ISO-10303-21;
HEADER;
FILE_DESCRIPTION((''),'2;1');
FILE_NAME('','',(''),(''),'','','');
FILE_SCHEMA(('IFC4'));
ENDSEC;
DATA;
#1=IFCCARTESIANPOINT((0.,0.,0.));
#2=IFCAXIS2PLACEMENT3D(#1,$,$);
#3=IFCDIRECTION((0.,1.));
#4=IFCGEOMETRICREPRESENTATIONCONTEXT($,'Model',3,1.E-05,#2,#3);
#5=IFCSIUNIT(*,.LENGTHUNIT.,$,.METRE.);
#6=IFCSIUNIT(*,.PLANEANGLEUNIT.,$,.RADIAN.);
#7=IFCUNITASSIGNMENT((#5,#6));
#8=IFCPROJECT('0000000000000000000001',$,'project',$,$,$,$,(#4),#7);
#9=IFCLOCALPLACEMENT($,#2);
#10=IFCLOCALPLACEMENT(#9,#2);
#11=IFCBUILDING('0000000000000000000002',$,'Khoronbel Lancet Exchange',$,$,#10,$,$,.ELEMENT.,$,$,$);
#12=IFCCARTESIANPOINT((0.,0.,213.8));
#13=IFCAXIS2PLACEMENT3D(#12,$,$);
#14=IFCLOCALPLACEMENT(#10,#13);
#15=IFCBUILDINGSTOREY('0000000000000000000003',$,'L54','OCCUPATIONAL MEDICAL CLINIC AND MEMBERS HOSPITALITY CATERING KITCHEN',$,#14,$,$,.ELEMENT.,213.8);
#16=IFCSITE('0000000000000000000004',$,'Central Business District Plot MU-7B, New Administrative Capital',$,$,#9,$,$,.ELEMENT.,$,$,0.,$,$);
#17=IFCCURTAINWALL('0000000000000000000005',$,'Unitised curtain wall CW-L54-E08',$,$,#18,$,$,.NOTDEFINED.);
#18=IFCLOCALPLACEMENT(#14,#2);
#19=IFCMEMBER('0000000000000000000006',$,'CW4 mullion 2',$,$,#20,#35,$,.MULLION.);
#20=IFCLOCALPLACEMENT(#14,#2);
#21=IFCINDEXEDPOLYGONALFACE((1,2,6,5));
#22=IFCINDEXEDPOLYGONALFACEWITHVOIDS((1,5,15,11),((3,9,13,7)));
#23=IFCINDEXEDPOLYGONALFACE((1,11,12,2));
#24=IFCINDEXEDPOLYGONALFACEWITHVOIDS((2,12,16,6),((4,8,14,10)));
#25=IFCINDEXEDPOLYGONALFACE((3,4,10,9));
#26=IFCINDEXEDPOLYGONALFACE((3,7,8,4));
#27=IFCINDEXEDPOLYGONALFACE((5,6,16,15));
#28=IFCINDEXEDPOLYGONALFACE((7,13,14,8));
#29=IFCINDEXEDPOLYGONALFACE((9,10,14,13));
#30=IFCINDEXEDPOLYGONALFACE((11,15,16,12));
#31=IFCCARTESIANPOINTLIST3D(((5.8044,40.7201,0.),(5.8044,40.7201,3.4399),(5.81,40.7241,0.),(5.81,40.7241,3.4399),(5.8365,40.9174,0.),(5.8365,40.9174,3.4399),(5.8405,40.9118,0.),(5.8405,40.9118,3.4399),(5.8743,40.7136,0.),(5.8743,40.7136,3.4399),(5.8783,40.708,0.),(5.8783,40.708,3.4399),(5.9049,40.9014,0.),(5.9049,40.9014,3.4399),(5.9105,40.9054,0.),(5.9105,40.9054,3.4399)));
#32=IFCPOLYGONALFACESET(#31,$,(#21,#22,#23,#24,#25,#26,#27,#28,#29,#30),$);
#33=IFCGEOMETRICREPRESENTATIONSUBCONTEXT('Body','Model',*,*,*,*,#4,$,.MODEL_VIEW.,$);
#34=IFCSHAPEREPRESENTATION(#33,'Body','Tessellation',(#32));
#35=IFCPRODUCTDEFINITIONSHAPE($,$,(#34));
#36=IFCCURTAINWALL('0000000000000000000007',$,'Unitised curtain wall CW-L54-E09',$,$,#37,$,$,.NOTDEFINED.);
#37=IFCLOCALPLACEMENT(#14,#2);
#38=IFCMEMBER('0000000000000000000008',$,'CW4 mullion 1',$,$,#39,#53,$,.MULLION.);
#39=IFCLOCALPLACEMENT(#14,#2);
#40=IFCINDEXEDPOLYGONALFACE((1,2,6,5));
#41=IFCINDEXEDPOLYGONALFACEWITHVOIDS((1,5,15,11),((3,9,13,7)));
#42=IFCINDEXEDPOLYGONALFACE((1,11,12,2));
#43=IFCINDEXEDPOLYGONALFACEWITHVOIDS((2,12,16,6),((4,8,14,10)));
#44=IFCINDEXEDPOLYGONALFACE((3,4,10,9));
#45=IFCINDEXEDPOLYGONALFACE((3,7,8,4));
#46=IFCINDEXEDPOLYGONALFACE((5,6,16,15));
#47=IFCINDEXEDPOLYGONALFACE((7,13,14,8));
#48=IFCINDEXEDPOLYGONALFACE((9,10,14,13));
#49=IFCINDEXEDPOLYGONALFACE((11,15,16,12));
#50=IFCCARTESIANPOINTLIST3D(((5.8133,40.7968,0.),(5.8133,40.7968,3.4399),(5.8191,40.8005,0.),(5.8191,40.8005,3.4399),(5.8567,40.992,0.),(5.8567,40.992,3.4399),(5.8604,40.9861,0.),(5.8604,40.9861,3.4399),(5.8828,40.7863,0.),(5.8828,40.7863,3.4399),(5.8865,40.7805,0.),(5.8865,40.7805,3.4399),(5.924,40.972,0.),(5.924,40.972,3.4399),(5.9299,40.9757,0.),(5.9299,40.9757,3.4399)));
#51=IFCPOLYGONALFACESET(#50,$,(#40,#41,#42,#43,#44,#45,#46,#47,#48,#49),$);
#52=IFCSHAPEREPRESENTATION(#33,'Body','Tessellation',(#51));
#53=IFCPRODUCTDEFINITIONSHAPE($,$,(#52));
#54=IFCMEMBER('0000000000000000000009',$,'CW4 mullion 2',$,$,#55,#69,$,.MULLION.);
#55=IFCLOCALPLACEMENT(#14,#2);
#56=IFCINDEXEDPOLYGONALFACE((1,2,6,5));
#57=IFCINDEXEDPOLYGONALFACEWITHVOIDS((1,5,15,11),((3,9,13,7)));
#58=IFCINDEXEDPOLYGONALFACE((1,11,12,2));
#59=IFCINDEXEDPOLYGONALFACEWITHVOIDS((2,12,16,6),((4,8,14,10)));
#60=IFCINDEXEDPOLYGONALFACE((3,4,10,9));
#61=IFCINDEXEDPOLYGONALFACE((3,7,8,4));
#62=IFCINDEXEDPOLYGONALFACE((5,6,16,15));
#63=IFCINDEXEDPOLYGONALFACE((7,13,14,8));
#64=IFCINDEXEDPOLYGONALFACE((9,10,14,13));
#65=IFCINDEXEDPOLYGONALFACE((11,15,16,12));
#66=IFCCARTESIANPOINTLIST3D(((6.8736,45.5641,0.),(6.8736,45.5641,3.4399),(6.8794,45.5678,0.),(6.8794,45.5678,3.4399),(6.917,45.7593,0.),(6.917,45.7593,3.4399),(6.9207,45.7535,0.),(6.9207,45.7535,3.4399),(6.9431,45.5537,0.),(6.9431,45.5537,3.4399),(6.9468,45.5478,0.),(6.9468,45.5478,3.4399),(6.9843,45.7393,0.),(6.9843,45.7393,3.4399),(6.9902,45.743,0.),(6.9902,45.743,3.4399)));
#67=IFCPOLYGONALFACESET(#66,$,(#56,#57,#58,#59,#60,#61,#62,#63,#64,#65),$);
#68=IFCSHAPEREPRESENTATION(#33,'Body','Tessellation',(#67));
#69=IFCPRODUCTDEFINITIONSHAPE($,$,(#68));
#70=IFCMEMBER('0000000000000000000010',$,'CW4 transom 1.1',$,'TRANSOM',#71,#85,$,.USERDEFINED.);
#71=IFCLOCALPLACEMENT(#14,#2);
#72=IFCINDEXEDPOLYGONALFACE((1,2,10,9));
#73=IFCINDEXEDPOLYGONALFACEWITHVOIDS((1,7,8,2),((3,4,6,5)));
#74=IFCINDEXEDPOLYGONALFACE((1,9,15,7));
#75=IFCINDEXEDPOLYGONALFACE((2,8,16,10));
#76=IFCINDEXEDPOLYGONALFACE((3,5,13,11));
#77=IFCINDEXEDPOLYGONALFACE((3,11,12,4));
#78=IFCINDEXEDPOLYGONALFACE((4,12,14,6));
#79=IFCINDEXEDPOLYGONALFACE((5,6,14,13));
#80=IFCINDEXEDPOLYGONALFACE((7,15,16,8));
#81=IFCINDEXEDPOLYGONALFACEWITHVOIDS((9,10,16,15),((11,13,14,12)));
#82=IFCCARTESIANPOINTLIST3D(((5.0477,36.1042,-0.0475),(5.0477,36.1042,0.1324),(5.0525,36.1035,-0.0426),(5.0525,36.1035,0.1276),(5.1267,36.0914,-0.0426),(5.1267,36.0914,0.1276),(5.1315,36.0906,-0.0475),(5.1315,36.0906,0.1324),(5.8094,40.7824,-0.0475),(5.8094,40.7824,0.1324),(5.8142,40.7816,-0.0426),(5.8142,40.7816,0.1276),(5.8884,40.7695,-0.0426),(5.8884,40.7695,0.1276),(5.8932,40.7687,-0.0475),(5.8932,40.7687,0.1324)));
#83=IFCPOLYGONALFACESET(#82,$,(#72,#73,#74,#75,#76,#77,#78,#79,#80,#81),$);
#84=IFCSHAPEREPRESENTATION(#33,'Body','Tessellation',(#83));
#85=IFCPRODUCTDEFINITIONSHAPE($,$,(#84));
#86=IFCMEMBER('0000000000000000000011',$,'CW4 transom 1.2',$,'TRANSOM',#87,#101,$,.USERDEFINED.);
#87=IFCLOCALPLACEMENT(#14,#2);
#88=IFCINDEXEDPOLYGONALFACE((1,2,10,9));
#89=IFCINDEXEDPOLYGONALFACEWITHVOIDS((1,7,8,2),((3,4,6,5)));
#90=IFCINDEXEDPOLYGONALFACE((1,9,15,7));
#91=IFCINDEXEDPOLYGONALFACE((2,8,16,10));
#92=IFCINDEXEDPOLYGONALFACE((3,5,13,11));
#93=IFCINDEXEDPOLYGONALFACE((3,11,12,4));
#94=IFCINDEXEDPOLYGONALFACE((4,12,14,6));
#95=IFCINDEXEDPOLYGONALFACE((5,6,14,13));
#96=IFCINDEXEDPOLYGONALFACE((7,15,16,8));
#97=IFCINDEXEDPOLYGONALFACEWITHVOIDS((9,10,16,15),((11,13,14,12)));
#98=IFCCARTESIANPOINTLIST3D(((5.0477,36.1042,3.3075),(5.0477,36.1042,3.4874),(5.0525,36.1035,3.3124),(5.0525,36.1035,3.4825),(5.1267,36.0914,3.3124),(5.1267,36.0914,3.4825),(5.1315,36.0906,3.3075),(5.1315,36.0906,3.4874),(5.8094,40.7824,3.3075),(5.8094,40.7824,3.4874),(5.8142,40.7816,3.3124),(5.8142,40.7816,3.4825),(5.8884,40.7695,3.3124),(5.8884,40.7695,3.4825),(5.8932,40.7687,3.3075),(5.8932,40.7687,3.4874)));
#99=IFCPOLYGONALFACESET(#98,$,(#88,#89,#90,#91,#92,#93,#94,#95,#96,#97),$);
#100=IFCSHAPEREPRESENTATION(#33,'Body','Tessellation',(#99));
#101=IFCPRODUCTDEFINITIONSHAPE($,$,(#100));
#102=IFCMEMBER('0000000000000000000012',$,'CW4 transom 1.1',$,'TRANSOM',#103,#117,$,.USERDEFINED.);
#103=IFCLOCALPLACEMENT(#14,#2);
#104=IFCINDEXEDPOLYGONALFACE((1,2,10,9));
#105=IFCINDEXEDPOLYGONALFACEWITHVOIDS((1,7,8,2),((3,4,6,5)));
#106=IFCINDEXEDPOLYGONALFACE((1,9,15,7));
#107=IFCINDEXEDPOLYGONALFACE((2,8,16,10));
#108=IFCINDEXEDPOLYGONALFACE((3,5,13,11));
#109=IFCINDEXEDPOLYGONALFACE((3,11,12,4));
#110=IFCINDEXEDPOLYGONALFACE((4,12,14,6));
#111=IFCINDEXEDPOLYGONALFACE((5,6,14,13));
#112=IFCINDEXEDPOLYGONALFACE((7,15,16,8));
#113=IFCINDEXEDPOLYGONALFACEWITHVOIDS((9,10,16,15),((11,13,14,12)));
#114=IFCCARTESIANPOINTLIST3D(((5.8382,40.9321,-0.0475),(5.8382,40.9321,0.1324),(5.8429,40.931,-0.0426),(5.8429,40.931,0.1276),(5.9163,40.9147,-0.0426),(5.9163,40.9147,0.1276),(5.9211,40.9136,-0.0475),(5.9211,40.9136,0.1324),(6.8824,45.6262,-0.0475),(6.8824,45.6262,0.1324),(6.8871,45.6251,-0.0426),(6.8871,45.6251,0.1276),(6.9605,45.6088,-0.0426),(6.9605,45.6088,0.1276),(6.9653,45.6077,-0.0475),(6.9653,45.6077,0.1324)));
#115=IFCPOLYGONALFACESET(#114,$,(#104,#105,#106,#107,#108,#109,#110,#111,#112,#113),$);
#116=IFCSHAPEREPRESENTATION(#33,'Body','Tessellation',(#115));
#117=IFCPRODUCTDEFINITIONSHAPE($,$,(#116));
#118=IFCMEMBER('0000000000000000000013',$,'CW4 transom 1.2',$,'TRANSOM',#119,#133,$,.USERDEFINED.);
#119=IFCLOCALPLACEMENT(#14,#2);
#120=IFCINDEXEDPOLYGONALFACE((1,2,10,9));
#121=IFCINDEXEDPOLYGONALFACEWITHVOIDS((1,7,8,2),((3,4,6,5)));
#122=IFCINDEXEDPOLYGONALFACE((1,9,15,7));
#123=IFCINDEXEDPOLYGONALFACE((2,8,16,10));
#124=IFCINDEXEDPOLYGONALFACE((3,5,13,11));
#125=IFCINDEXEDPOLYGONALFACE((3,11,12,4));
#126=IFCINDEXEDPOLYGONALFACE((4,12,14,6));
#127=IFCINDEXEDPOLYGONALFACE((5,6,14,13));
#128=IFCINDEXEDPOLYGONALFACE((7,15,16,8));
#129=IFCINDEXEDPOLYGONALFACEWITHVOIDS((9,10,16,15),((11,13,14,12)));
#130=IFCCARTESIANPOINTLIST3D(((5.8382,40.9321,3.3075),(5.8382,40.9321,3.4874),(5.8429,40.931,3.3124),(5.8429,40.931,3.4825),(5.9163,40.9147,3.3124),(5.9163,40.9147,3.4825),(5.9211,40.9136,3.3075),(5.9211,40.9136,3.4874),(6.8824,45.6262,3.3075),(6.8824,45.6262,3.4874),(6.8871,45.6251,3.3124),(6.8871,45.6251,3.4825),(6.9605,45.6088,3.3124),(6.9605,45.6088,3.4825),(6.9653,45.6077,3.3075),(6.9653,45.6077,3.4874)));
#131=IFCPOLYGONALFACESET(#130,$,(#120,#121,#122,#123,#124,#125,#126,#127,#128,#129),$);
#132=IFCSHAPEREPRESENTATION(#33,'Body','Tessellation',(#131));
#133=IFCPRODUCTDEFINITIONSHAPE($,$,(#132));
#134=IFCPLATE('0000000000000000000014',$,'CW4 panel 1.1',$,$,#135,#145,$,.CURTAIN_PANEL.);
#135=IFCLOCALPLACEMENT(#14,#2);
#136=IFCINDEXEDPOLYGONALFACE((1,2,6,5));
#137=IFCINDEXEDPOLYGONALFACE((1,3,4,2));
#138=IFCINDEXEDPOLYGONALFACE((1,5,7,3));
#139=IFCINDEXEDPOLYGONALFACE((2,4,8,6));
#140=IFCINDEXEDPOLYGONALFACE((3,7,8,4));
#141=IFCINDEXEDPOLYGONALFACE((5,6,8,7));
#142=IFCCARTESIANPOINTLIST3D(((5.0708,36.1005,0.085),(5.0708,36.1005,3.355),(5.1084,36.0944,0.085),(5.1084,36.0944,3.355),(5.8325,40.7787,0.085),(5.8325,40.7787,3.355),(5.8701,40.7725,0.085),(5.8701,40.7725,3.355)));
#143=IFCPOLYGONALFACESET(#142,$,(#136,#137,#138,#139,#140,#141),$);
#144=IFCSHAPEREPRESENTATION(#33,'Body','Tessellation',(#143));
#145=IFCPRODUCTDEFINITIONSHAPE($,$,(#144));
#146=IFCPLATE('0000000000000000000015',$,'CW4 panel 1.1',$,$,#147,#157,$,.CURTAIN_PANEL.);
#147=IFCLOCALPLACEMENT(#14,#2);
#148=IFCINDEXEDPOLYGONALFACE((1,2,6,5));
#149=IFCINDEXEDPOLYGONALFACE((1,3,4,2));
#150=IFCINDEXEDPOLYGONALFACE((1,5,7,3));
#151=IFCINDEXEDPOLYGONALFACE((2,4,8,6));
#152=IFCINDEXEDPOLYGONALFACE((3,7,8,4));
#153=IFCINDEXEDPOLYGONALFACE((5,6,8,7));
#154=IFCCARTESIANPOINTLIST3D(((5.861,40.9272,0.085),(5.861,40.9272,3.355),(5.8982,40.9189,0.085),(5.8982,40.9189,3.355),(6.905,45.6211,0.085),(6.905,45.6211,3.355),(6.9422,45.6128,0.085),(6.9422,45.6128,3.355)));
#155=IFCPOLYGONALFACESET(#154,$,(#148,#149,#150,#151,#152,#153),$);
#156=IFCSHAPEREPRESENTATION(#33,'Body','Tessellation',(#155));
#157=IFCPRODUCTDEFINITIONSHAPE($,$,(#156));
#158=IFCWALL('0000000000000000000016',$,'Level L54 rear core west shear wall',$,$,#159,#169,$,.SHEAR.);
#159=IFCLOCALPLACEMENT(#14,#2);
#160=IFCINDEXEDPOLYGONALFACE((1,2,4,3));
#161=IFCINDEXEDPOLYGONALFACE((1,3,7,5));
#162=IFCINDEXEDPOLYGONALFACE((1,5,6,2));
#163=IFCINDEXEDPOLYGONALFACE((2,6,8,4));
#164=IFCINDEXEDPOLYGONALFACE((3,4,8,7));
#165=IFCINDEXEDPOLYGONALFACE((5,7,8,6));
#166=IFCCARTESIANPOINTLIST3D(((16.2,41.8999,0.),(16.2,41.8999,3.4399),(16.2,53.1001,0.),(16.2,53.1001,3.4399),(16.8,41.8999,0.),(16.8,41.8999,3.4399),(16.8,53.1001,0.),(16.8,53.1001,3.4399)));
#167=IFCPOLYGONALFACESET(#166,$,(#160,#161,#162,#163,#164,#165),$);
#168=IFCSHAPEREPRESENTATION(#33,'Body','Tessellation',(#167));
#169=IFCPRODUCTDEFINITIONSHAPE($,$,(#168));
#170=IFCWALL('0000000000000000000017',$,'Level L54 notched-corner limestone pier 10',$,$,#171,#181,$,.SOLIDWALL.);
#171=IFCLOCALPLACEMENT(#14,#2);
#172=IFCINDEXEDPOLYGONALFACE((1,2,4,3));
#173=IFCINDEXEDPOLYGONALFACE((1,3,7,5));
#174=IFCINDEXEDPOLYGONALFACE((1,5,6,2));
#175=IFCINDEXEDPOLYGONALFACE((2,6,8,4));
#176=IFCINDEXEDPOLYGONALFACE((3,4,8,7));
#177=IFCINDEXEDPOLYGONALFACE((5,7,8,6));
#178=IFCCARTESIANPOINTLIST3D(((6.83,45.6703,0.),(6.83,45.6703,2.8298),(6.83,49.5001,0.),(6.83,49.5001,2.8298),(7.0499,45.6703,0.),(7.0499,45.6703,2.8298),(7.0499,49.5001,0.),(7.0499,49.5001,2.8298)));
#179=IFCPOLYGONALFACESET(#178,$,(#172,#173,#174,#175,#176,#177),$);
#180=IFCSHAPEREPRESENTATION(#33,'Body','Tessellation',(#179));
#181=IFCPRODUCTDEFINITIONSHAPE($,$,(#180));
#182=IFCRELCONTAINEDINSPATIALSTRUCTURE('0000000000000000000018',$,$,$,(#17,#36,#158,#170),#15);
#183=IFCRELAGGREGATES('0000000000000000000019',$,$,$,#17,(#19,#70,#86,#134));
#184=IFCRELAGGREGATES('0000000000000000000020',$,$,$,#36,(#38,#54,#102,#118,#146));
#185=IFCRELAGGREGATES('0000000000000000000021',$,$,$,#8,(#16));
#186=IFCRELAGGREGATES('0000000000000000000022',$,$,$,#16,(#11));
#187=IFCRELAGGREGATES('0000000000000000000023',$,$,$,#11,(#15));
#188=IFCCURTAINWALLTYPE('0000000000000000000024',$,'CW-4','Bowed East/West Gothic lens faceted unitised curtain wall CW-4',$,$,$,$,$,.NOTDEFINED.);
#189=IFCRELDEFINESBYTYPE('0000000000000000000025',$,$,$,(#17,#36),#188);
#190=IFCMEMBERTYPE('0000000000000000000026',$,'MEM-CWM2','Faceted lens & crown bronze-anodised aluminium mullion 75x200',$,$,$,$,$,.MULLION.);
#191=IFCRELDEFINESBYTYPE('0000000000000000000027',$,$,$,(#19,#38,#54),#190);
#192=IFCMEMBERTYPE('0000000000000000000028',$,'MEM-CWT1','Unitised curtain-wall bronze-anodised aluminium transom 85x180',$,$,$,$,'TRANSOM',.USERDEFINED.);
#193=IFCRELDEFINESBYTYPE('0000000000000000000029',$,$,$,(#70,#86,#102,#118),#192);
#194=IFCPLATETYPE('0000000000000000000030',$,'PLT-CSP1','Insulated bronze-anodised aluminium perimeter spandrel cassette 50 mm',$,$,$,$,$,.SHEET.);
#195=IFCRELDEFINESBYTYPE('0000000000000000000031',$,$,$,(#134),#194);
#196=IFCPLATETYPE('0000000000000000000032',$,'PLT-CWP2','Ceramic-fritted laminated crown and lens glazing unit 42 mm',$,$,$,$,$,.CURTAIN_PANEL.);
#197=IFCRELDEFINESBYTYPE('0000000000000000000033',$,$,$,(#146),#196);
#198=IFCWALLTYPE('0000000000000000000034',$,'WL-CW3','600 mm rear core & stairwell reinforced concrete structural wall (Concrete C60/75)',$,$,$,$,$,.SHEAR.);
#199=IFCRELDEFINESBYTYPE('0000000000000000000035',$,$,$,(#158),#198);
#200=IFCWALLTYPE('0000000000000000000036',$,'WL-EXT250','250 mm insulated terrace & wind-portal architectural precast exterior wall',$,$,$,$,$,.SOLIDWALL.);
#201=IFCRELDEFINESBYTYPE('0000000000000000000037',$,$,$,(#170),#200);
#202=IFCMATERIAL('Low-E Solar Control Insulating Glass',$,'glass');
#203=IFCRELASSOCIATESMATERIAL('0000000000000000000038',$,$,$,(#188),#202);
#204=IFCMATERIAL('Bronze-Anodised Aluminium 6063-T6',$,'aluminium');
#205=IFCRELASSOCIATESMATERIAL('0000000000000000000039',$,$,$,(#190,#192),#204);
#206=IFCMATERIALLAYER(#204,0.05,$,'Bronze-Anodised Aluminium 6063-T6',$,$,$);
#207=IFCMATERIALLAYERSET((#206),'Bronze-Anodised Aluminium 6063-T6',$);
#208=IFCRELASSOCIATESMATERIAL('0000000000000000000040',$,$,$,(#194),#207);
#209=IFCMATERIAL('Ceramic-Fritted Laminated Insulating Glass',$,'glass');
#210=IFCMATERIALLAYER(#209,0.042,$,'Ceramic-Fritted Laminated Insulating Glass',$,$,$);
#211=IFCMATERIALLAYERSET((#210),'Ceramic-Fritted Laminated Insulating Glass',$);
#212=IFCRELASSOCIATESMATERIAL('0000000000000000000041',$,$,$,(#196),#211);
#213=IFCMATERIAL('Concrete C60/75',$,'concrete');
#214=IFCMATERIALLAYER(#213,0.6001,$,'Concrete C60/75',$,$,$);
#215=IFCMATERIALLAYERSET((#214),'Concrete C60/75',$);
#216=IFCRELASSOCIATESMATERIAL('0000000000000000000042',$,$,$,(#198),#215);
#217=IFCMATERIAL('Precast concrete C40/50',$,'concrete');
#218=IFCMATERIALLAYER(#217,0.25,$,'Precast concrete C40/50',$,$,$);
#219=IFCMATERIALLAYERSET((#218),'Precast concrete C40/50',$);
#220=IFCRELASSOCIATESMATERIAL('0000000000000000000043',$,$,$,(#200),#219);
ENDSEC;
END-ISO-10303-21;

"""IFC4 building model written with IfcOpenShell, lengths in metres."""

from ifc_helpers import new_model, si_unit, direction, frame, frame_2d, origin, origin_2d, place, context, subcontext, project, spatial, rectangle, hollow_rectangle, extrude, material, layer, layer_set, material_profile, profile_set, type_object, element, aggregate, save


model = new_model("IFC4")

# Units and contexts
model_context = context("Model", 3, precision=1e-05, world=origin(), true_north=direction((0.0, 1.0)))
body_context = subcontext(model_context, "Body", "Model", "MODEL_VIEW")
ifc_project = project(units=[si_unit("LENGTHUNIT", "METRE"), si_unit("PLANEANGLEUNIT", "RADIAN")], contexts=[model_context])

# Site, building, storey
site_placement = place(None, origin())
site = spatial("IfcSite", under=ifc_project, at=site_placement, Name="Central Business District Plot MU-7B, New Administrative Capital", CompositionType="ELEMENT", RefElevation=0.0)
building_placement = place(site_placement, origin())
building = spatial("IfcBuilding", under=site, at=building_placement, Name="Khoronbel Lancet Exchange", CompositionType="ELEMENT")
storey_placement = place(building_placement, frame((0.0, 0.0, 213.8)))
storey = spatial("IfcBuildingStorey", under=building, at=storey_placement, Name="L54", Description="OCCUPATIONAL MEDICAL CLINIC AND MEMBERS HOSPITALITY CATERING KITCHEN", CompositionType="ELEMENT", Elevation=213.8)

# Shared definitions
ifc_material_1 = material(Name="Low-E Solar Control Insulating Glass", Category="glass")
curtain_wall_type = type_object("IfcCurtainWallType", Name="CW-4", Description="Bowed East/West Gothic lens faceted unitised curtain wall CW-4", PredefinedType="NOTDEFINED", material=ifc_material_1)
ifc_material_2 = material(Name="Bronze-Anodised Aluminium 6063-T6", Category="aluminium")
ifc_material_profile_1 = material_profile(ifc_material_2, hollow_rectangle(XDim=0.075, YDim=0.2, WallThickness=0.0049, at=origin_2d()), Name="ALU MULLION 75x200")
ifc_profile_set_1 = profile_set([ifc_material_profile_1], Name="Bronze-Anodised Aluminium 6063-T6")
member_type_1 = type_object("IfcMemberType", Name="MEM-CWM2", Description="Faceted lens & crown bronze-anodised aluminium mullion 75x200", PredefinedType="MULLION", material=ifc_profile_set_1)

# Curtain walls, members
curtain_wall_1_placement = place(storey_placement, origin())
curtain_wall_1 = element("IfcCurtainWall", 1, at=curtain_wall_1_placement, inside=storey, type_object=curtain_wall_type, Name="Unitised curtain wall CW-L54-E08", PredefinedType="NOTDEFINED")
member_1_placement = place(storey_placement, frame((5.8574, 40.8127, 0.0), z_axis=(0.0, 0.0, 1.0), x_axis=(-0.987003, 0.1607, 0.0)))
member_1 = element("IfcMember", 2, at=member_1_placement, type_object=member_type_1, Name="CW4 mullion 2", PredefinedType="MULLION", context=body_context, shape_type="SweptSolid", body=[
    extrude(hollow_rectangle(XDim=0.075, YDim=0.2, WallThickness=0.0049, at=origin_2d()), origin(), (0.0, 0.0, 1.0), 3.4399),
])
curtain_wall_2_placement = place(storey_placement, origin())
curtain_wall_2 = element("IfcCurtainWall", 3, at=curtain_wall_2_placement, inside=storey, type_object=curtain_wall_type, Name="Unitised curtain wall CW-L54-E09", PredefinedType="NOTDEFINED")
member_2_placement = place(storey_placement, frame((5.8716, 40.8862, 0.0), z_axis=(0.0, 0.0, 1.0), x_axis=(-0.976146, 0.217114, 0.0)))
member_2 = element("IfcMember", 4, at=member_2_placement, type_object=member_type_1, Name="CW4 mullion 1", PredefinedType="MULLION", context=body_context, shape_type="SweptSolid", body=[
    extrude(hollow_rectangle(XDim=0.075, YDim=0.2, WallThickness=0.0049, at=origin_2d()), origin(), (0.0, 0.0, 1.0), 3.4399),
])
member_3_placement = place(storey_placement, frame((6.9319, 45.6536, 0.0), z_axis=(0.0, 0.0, 1.0), x_axis=(-0.976146, 0.217114, 0.0)))
member_3 = element("IfcMember", 5, at=member_3_placement, type_object=member_type_1, Name="CW4 mullion 2", PredefinedType="MULLION", context=body_context, shape_type="SweptSolid", body=[
    extrude(hollow_rectangle(XDim=0.075, YDim=0.2, WallThickness=0.0049, at=origin_2d()), origin(), (0.0, 0.0, 1.0), 3.4399),
])

# Members
ifc_material_profile_2 = material_profile(ifc_material_2, hollow_rectangle(XDim=0.085, YDim=0.1799, WallThickness=0.0049, at=origin_2d()), Name="ALU TRANSOM 85x180")
ifc_profile_set_2 = profile_set([ifc_material_profile_2], Name="Bronze-Anodised Aluminium 6063-T6")
member_type_2 = type_object("IfcMemberType", Name="MEM-CWT1", Description="Unitised curtain-wall bronze-anodised aluminium transom 85x180", ElementType="TRANSOM", PredefinedType="USERDEFINED", material=ifc_profile_set_2)
member_4_placement = place(storey_placement, frame((5.0896, 36.0974, 0.0425), z_axis=(0.160706, 0.987002, 0.0), x_axis=(-0.987002, 0.160706, 0.0)))
member_4 = element("IfcMember", 6, at=member_4_placement, type_object=member_type_2, Name="CW4 transom 1.1", ObjectType="TRANSOM", PredefinedType="USERDEFINED", context=body_context, shape_type="SweptSolid", body=[
    extrude(hollow_rectangle(XDim=0.085, YDim=0.1799, WallThickness=0.0049, at=origin_2d()), origin(), (0.0, 0.0, 1.0), 4.7397),
])
member_5_placement = place(storey_placement, frame((5.0896, 36.0974, 3.3975), z_axis=(0.160706, 0.987002, 0.0), x_axis=(-0.987002, 0.160706, 0.0)))
member_5 = element("IfcMember", 7, at=member_5_placement, type_object=member_type_2, Name="CW4 transom 1.2", ObjectType="TRANSOM", PredefinedType="USERDEFINED", context=body_context, shape_type="SweptSolid", body=[
    extrude(hollow_rectangle(XDim=0.085, YDim=0.1799, WallThickness=0.0049, at=origin_2d()), origin(), (0.0, 0.0, 1.0), 4.7397),
])
member_6_placement = place(storey_placement, frame((5.8796, 40.9229, 0.0425), z_axis=(0.21714, 0.97614, 0.0), x_axis=(-0.97614, 0.21714, 0.0)))
member_6 = element("IfcMember", 8, at=member_6_placement, type_object=member_type_2, Name="CW4 transom 1.1", ObjectType="TRANSOM", PredefinedType="USERDEFINED", context=body_context, shape_type="SweptSolid", body=[
    extrude(hollow_rectangle(XDim=0.085, YDim=0.1799, WallThickness=0.0049, at=origin_2d()), origin(), (0.0, 0.0, 1.0), 4.8088),
])
member_7_placement = place(storey_placement, frame((5.8796, 40.9229, 3.3975), z_axis=(0.21714, 0.97614, 0.0), x_axis=(-0.97614, 0.21714, 0.0)))
member_7 = element("IfcMember", 9, at=member_7_placement, type_object=member_type_2, Name="CW4 transom 1.2", ObjectType="TRANSOM", PredefinedType="USERDEFINED", context=body_context, shape_type="SweptSolid", body=[
    extrude(hollow_rectangle(XDim=0.085, YDim=0.1799, WallThickness=0.0049, at=origin_2d()), origin(), (0.0, 0.0, 1.0), 4.8088),
])

# Plates
ifc_layer_1 = layer(ifc_material_2, 0.05, Name="Bronze-Anodised Aluminium 6063-T6")
ifc_layer_set_1 = layer_set([ifc_layer_1], Name="Bronze-Anodised Aluminium 6063-T6")
plate_type_1 = type_object("IfcPlateType", Name="PLT-CSP1", Description="Insulated bronze-anodised aluminium perimeter spandrel cassette 50 mm", PredefinedType="SHEET", material=ifc_layer_set_1)
plate_1_placement = place(storey_placement, frame((5.4705, 38.4365, 0.085), z_axis=(0.0, 0.0, 1.0), x_axis=(0.1607, 0.987003, 0.0)))
plate_1 = element("IfcPlate", 10, at=plate_1_placement, type_object=plate_type_1, Name="CW4 panel 1.1", PredefinedType="CURTAIN_PANEL", context=body_context, shape_type="SweptSolid", body=[
    extrude(rectangle(XDim=4.7397, YDim=0.0381, at=origin_2d()), origin(), (0.0, 0.0, 1.0), 3.27),
])
aggregate(curtain_wall_1, [member_1, member_4, member_5, plate_1])
ifc_material_3 = material(Name="Ceramic-Fritted Laminated Insulating Glass", Category="glass")
ifc_layer_2 = layer(ifc_material_3, 0.042, Name="Ceramic-Fritted Laminated Insulating Glass")
ifc_layer_set_2 = layer_set([ifc_layer_2], Name="Ceramic-Fritted Laminated Insulating Glass")
plate_type_2 = type_object("IfcPlateType", Name="PLT-CWP2", Description="Ceramic-fritted laminated crown and lens glazing unit 42 mm", PredefinedType="CURTAIN_PANEL", material=ifc_layer_set_2)
plate_2_placement = place(storey_placement, frame((6.4016, 43.27, 0.085), z_axis=(0.0, 0.0, 1.0), x_axis=(0.217114, 0.976146, 0.0)))
plate_2 = element("IfcPlate", 11, at=plate_2_placement, type_object=plate_type_2, Name="CW4 panel 1.1", PredefinedType="CURTAIN_PANEL", context=body_context, shape_type="SweptSolid", body=[
    extrude(rectangle(XDim=4.8086, YDim=0.0381, at=origin_2d()), origin(), (0.0, 0.0, 1.0), 3.27),
])
aggregate(curtain_wall_2, [member_2, member_3, member_6, member_7, plate_2])

# Walls
ifc_material_4 = material(Name="Concrete C60/75", Category="concrete")
ifc_layer_3 = layer(ifc_material_4, 0.6001, Name="Concrete C60/75")
ifc_layer_set_3 = layer_set([ifc_layer_3], Name="Concrete C60/75")
wall_type_1 = type_object("IfcWallType", Name="WL-CW3", Description="600 mm rear core & stairwell reinforced concrete structural wall (Concrete C60/75)", PredefinedType="SHEAR", material=ifc_layer_set_3)
wall_1_placement = place(storey_placement, frame((16.5, 41.8999, 0.0), z_axis=(0.0, 0.0, 1.0), x_axis=(0.0, 1.0, 0.0)))
element("IfcWall", 12, at=wall_1_placement, inside=storey, type_object=wall_type_1, Name="Level L54 rear core west shear wall", PredefinedType="SHEAR", context=body_context, shape_type="SweptSolid", body=[
    extrude(rectangle(XDim=11.2002, YDim=0.6001, at=frame_2d((5.6001, 0.0))), origin(), (0.0, 0.0, 1.0), 3.4399),
])
ifc_material_5 = material(Name="Precast concrete C40/50", Category="concrete")
ifc_layer_4 = layer(ifc_material_5, 0.25, Name="Precast concrete C40/50")
ifc_layer_set_4 = layer_set([ifc_layer_4], Name="Precast concrete C40/50")
wall_type_2 = type_object("IfcWallType", Name="WL-EXT250", Description="250 mm insulated terrace & wind-portal architectural precast exterior wall", PredefinedType="SOLIDWALL", material=ifc_layer_set_4)
wall_2_placement = place(storey_placement, frame((6.9399, 45.6702, 0.0), z_axis=(0.0, 0.0, 1.0), x_axis=(0.0, 1.0, 0.0)))
element("IfcWall", 13, at=wall_2_placement, inside=storey, type_object=wall_type_2, Name="Level L54 notched-corner limestone pier 10", PredefinedType="SOLIDWALL", context=body_context, shape_type="SweptSolid", body=[
    extrude(rectangle(XDim=3.8298, YDim=0.22, at=frame_2d((1.915, 0.0))), origin(), (0.0, 0.0, 1.0), 2.8298),
])

save(model, "model.ifc")
